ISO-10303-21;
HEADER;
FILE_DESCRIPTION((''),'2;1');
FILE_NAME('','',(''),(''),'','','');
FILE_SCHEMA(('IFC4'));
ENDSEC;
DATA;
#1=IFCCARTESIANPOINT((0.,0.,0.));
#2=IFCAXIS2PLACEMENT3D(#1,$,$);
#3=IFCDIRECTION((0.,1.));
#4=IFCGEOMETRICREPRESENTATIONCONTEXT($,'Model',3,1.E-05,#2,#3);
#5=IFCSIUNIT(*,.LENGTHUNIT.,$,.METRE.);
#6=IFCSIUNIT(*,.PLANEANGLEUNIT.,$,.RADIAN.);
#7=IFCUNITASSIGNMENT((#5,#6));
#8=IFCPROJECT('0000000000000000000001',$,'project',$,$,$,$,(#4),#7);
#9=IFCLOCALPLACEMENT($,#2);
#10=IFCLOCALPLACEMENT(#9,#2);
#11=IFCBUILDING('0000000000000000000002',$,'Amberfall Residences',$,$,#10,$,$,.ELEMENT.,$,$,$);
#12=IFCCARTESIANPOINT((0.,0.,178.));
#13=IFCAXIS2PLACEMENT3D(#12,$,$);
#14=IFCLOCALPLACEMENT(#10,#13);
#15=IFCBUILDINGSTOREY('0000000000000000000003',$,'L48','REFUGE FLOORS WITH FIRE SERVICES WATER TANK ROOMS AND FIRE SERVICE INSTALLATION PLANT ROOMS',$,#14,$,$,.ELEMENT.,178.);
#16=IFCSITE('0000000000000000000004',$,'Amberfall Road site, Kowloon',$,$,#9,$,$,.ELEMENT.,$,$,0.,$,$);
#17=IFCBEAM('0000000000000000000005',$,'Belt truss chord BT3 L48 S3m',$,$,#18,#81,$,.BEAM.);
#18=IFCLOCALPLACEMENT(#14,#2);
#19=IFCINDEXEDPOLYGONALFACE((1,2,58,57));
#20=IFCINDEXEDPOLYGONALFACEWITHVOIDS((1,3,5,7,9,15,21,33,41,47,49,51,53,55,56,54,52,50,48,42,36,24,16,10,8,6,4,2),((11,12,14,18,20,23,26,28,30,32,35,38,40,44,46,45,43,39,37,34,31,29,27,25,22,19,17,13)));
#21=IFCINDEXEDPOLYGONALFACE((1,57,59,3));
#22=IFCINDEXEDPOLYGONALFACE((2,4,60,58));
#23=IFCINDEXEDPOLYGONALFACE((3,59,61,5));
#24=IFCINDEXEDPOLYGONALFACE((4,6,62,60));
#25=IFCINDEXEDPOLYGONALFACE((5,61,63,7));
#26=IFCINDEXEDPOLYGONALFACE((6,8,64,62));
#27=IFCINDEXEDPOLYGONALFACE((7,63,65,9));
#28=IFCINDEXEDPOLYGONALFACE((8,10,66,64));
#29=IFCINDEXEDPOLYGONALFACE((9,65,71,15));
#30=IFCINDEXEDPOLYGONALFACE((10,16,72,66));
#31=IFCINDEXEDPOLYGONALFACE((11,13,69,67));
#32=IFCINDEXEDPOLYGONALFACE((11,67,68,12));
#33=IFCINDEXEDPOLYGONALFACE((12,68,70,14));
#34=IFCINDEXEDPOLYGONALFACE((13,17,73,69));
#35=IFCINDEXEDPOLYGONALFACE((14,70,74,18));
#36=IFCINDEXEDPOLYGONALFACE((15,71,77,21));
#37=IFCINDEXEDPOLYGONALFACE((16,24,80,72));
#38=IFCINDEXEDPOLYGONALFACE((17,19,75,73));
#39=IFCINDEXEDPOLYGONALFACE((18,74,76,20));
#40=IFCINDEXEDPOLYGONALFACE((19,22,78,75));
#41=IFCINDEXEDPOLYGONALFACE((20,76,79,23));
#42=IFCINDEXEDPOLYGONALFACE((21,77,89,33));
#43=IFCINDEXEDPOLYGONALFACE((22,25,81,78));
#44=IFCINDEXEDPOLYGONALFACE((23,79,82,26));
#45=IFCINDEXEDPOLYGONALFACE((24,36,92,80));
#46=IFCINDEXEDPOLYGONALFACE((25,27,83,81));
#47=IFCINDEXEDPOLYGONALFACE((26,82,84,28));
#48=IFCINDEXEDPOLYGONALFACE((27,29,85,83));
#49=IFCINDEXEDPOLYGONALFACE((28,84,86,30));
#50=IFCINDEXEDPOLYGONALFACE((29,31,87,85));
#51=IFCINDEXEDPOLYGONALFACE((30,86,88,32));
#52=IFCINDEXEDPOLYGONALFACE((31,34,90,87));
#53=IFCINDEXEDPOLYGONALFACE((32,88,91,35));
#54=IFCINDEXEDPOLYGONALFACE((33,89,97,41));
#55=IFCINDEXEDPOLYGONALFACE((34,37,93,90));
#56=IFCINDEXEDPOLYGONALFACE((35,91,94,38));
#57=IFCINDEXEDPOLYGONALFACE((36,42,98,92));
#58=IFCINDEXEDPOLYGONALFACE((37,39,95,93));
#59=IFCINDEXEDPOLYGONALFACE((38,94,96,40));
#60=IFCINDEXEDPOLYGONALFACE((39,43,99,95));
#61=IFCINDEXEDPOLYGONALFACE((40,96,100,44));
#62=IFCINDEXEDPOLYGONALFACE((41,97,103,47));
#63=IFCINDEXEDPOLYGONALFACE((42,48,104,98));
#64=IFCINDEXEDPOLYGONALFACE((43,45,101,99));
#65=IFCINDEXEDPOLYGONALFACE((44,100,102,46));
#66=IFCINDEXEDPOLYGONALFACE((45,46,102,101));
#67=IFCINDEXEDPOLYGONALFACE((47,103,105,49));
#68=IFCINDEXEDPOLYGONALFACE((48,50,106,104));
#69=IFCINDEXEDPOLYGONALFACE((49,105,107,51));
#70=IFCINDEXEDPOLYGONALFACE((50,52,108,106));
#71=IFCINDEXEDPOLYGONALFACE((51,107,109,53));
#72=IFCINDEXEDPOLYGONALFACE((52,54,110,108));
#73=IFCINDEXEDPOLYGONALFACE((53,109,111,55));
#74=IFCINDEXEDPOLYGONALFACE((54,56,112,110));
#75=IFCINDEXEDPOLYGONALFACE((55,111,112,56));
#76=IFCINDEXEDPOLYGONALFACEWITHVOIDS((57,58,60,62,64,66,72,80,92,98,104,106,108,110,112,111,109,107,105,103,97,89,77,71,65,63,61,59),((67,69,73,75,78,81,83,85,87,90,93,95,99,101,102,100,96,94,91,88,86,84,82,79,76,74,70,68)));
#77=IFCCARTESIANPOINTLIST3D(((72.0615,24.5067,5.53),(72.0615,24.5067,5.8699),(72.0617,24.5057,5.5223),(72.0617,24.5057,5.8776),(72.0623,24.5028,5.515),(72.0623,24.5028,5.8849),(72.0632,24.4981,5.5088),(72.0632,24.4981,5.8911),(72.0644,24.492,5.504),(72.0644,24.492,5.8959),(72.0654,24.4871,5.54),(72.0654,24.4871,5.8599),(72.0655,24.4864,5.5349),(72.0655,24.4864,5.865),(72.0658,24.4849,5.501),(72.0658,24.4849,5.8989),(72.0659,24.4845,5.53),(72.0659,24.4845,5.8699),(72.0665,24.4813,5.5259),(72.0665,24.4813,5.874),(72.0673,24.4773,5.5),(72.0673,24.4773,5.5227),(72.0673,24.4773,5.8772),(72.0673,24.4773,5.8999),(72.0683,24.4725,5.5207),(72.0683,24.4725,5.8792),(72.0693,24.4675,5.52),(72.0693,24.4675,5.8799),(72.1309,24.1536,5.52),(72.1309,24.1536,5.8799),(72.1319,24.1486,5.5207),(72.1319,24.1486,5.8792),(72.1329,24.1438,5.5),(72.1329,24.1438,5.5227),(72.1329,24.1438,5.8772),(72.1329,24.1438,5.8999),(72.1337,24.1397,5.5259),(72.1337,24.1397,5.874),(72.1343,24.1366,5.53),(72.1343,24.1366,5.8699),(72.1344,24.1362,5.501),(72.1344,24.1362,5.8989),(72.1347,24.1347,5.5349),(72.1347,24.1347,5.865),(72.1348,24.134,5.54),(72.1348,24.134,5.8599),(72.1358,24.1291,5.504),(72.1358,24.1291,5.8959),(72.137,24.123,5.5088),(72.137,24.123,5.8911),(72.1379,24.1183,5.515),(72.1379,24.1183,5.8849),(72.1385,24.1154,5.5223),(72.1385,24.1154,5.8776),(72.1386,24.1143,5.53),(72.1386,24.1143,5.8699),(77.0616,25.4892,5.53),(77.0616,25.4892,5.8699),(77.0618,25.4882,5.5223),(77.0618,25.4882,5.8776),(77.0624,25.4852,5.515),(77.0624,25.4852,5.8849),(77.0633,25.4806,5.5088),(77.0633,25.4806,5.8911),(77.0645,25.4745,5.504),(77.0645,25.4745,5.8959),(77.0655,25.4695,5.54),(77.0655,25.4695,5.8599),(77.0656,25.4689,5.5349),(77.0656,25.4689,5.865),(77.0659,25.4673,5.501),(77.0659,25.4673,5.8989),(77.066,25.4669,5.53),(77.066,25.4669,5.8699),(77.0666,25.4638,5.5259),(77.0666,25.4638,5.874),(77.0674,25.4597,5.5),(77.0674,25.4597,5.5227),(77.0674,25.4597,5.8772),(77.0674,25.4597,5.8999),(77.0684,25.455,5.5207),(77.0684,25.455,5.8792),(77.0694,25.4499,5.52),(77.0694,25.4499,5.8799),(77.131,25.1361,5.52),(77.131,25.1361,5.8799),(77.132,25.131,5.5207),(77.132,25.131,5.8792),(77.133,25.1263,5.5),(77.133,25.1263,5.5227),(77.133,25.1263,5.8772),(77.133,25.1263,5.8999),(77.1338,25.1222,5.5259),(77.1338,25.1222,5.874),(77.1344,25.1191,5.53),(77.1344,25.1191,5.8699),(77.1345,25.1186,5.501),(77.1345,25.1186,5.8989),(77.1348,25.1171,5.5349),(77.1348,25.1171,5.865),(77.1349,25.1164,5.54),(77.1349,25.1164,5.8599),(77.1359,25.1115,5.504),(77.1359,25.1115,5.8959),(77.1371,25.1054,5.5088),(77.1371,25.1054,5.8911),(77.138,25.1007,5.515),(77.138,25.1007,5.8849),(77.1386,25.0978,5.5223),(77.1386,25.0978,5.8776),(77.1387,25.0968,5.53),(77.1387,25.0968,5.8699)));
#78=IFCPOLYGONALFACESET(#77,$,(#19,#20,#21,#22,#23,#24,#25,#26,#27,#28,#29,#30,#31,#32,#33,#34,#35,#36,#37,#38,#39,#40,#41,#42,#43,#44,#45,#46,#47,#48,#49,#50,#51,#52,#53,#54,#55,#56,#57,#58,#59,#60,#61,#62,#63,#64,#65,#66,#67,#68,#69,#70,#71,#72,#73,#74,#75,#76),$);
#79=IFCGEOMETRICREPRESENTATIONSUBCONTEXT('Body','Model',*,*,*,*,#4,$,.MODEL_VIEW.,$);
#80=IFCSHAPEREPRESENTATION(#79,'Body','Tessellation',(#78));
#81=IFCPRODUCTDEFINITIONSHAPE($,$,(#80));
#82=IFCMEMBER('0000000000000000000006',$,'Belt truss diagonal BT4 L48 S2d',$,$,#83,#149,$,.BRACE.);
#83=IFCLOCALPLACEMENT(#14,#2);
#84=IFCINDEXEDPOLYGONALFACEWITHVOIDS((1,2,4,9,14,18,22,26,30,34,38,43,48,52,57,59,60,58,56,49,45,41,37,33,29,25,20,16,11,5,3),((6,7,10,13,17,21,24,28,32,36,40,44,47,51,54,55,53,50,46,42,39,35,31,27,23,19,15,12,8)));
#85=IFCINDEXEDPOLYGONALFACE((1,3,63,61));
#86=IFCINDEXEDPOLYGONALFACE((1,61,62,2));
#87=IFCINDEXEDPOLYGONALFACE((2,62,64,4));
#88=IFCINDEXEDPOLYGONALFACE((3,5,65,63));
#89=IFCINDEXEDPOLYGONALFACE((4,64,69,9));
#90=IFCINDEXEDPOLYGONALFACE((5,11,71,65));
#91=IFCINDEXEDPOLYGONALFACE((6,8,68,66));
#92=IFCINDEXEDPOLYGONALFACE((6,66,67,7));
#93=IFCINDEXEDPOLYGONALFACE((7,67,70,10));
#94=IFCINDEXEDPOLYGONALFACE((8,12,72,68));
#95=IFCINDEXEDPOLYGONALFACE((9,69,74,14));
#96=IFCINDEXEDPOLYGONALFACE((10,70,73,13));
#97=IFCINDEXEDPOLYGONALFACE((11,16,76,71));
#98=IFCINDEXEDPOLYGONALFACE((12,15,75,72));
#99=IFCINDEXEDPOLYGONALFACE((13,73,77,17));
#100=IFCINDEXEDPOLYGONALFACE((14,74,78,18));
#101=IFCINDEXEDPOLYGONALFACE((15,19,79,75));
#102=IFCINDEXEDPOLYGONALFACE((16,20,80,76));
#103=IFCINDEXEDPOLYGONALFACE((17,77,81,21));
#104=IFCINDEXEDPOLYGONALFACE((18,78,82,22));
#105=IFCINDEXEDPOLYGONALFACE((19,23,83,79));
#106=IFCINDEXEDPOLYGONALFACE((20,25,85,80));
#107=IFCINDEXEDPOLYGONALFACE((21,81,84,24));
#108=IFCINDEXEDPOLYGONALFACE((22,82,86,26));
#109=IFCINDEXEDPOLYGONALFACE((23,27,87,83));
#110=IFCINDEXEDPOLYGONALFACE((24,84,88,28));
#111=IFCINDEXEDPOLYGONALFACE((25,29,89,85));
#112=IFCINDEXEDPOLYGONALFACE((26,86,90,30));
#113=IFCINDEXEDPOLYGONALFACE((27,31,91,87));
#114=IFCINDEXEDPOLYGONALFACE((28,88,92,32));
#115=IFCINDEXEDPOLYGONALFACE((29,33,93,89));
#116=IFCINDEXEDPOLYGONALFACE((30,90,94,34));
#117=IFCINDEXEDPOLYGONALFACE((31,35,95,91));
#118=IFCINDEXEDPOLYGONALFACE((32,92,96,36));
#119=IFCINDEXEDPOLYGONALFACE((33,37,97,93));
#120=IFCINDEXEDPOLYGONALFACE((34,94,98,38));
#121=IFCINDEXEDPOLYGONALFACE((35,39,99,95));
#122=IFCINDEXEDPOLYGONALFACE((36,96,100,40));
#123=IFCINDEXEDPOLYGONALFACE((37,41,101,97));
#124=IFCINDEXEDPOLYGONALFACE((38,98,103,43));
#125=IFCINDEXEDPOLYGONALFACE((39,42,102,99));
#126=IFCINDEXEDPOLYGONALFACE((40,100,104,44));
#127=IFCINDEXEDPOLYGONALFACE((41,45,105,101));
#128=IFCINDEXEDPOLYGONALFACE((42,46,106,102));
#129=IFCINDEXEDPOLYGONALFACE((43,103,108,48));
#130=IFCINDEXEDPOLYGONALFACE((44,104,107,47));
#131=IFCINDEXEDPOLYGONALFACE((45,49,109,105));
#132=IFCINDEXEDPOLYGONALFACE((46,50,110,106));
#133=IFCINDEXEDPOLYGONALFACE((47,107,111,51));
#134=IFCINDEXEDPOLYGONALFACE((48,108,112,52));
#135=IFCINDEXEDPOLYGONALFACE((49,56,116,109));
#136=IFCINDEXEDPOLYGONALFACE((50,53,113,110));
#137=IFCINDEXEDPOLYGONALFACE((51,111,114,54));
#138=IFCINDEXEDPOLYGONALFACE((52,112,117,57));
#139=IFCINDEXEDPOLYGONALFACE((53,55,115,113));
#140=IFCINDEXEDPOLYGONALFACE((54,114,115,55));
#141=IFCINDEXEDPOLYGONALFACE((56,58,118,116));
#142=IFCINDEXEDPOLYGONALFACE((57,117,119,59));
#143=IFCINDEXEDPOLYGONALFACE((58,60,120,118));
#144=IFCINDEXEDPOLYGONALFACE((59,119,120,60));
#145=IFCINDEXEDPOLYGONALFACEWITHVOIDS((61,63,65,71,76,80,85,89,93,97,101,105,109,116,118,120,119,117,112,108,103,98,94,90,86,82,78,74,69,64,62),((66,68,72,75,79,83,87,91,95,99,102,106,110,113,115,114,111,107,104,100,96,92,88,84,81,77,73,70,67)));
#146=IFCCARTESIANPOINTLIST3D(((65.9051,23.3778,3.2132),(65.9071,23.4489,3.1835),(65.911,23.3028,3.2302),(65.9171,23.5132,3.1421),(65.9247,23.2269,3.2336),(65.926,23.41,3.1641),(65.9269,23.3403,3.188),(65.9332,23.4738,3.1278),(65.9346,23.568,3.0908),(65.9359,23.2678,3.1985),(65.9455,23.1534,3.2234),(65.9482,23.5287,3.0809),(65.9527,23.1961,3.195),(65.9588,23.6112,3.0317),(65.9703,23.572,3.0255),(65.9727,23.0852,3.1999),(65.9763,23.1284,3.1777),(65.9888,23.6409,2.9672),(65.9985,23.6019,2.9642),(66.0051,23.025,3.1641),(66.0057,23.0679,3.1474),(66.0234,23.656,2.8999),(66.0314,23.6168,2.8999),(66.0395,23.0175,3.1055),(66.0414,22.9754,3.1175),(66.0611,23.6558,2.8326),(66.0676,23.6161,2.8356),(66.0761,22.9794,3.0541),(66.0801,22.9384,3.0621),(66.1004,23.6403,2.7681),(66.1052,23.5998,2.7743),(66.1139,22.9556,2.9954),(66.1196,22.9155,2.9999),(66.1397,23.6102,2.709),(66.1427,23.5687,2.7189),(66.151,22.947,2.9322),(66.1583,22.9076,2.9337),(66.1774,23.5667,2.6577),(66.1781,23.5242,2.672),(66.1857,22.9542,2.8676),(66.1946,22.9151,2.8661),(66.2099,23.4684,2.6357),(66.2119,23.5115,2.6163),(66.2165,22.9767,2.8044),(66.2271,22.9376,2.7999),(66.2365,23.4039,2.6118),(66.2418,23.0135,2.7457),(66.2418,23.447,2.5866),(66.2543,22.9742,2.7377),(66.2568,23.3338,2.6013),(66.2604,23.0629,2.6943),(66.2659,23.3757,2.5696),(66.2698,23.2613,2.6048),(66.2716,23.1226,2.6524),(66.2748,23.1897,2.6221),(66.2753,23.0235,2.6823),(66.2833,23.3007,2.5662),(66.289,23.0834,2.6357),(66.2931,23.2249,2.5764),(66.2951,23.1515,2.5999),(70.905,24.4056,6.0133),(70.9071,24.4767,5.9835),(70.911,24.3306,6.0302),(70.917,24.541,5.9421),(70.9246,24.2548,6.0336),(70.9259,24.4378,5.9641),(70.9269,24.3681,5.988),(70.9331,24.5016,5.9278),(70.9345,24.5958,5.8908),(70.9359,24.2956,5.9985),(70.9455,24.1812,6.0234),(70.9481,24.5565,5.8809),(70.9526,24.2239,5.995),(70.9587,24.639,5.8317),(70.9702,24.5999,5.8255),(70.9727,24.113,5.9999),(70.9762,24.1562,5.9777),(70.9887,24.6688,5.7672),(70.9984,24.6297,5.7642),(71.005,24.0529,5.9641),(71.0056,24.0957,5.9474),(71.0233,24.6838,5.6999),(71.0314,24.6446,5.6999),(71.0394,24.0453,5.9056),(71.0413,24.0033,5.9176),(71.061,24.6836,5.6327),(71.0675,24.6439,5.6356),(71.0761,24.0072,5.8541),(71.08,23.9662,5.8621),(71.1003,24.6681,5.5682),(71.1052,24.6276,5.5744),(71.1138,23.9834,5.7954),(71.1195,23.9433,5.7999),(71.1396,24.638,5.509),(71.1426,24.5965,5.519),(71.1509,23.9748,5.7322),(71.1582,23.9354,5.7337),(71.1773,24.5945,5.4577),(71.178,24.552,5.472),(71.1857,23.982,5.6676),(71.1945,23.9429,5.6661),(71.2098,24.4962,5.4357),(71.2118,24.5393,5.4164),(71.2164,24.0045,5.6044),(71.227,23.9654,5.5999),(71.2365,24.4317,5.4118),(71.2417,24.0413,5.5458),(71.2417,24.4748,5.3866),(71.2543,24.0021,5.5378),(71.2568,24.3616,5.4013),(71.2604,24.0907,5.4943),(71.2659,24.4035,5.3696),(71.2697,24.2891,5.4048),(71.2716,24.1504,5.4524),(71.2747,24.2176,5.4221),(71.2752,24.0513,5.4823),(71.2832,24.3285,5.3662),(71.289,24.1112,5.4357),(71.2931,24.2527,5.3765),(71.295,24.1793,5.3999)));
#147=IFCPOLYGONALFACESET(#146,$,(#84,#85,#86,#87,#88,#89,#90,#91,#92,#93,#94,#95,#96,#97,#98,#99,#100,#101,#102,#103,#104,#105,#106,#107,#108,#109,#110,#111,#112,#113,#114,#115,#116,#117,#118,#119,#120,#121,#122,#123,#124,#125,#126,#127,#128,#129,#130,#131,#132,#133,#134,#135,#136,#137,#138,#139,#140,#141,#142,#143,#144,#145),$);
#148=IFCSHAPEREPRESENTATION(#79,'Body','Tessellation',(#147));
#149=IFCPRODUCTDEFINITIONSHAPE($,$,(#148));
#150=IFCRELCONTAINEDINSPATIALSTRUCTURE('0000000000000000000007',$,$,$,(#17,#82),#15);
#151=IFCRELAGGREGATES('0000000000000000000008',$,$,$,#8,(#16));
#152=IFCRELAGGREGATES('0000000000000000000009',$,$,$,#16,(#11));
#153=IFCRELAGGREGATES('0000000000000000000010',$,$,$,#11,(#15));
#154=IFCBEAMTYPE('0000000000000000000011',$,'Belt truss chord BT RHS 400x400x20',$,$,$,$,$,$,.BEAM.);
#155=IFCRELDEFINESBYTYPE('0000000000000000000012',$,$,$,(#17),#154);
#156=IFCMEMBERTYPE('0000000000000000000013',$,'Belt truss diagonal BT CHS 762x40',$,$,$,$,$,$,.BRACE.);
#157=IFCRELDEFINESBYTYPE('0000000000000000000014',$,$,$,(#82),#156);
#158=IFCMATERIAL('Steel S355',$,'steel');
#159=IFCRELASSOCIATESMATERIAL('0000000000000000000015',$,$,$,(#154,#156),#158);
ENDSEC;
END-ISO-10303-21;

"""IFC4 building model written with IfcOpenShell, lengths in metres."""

from ifc_helpers import new_model, si_unit, direction, frame, origin, origin_2d, place, context, subcontext, project, spatial, hollow_rectangle, hollow_circle, extrude, material, material_profile, profile_set, type_object, element, save


model = new_model("IFC4")

# Units and contexts
model_context = context("Model", 3, precision=1e-05, world=origin(), true_north=direction((0.0, 1.0)))
body_context = subcontext(model_context, "Body", "Model", "MODEL_VIEW")
ifc_project = project(units=[si_unit("LENGTHUNIT", "METRE"), si_unit("PLANEANGLEUNIT", "RADIAN")], contexts=[model_context])

# Site, building, storey
site_placement = place(None, origin())
site = spatial("IfcSite", under=ifc_project, at=site_placement, Name="Amberfall Road site, Kowloon", CompositionType="ELEMENT", RefElevation=0.0)
building_placement = place(site_placement, origin())
building = spatial("IfcBuilding", under=site, at=building_placement, Name="Amberfall Residences", CompositionType="ELEMENT")
storey_placement = place(building_placement, frame((0.0, 0.0, 178.0)))
storey = spatial("IfcBuildingStorey", under=building, at=storey_placement, Name="L48", Description="REFUGE FLOORS WITH FIRE SERVICES WATER TANK ROOMS AND FIRE SERVICE INSTALLATION PLANT ROOMS", CompositionType="ELEMENT", Elevation=178.0)

# Beam
ifc_material_1 = material(Name="Steel S355", Category="steel")
ifc_material_profile_1 = material_profile(ifc_material_1, hollow_rectangle(XDim=0.3999, YDim=0.3999, WallThickness=0.02, InnerFilletRadius=0.02, OuterFilletRadius=0.03, at=origin_2d()), Name="RHS 400x400x20")
ifc_profile_set_1 = profile_set([ifc_material_profile_1], Name="Steel S355")
beam_type_1 = type_object("IfcBeamType", Name="Belt truss chord BT RHS 400x400x20", PredefinedType="BEAM", material=ifc_profile_set_1)
beam_1_placement = place(storey_placement, frame((72.1001, 24.3105, 5.7), z_axis=(0.981238, 0.192798, 0.0), x_axis=(-0.192798, 0.981238, 0.0)))
element("IfcBeam", 1, at=beam_1_placement, inside=storey, type_object=beam_type_1, Name="Belt truss chord BT3 L48 S3m", PredefinedType="BEAM", context=body_context, shape_type="SweptSolid", body=[
    extrude(hollow_rectangle(XDim=0.3999, YDim=0.3999, WallThickness=0.02, InnerFilletRadius=0.02, OuterFilletRadius=0.03, at=origin_2d()), origin(), (0.0, 0.0, 1.0), 5.0957),
])

# Member
ifc_material_profile_2 = material_profile(ifc_material_1, hollow_circle(Radius=0.3811, WallThickness=0.04, at=origin_2d()), Name="CHS 762x40")
ifc_profile_set_2 = profile_set([ifc_material_profile_2], Name="Steel S355")
member_type_1 = type_object("IfcMemberType", Name="Belt truss diagonal BT CHS 762x40", PredefinedType="BRACE", material=ifc_profile_set_2)
member_1_placement = place(storey_placement, frame((66.1001, 23.2827, 2.8999), z_axis=(0.858798, 0.17654, 0.480935), x_axis=(-0.201356, 0.979518, 0.0)))
element("IfcMember", 2, at=member_1_placement, inside=storey, type_object=member_type_1, Name="Belt truss diagonal BT4 L48 S2d", PredefinedType="BRACE", context=body_context, shape_type="SweptSolid", body=[
    extrude(hollow_circle(Radius=0.3811, WallThickness=0.04, at=origin_2d()), origin(), (0.0, 0.0, 1.0), 5.822),
])

save(model, "model.ifc")
